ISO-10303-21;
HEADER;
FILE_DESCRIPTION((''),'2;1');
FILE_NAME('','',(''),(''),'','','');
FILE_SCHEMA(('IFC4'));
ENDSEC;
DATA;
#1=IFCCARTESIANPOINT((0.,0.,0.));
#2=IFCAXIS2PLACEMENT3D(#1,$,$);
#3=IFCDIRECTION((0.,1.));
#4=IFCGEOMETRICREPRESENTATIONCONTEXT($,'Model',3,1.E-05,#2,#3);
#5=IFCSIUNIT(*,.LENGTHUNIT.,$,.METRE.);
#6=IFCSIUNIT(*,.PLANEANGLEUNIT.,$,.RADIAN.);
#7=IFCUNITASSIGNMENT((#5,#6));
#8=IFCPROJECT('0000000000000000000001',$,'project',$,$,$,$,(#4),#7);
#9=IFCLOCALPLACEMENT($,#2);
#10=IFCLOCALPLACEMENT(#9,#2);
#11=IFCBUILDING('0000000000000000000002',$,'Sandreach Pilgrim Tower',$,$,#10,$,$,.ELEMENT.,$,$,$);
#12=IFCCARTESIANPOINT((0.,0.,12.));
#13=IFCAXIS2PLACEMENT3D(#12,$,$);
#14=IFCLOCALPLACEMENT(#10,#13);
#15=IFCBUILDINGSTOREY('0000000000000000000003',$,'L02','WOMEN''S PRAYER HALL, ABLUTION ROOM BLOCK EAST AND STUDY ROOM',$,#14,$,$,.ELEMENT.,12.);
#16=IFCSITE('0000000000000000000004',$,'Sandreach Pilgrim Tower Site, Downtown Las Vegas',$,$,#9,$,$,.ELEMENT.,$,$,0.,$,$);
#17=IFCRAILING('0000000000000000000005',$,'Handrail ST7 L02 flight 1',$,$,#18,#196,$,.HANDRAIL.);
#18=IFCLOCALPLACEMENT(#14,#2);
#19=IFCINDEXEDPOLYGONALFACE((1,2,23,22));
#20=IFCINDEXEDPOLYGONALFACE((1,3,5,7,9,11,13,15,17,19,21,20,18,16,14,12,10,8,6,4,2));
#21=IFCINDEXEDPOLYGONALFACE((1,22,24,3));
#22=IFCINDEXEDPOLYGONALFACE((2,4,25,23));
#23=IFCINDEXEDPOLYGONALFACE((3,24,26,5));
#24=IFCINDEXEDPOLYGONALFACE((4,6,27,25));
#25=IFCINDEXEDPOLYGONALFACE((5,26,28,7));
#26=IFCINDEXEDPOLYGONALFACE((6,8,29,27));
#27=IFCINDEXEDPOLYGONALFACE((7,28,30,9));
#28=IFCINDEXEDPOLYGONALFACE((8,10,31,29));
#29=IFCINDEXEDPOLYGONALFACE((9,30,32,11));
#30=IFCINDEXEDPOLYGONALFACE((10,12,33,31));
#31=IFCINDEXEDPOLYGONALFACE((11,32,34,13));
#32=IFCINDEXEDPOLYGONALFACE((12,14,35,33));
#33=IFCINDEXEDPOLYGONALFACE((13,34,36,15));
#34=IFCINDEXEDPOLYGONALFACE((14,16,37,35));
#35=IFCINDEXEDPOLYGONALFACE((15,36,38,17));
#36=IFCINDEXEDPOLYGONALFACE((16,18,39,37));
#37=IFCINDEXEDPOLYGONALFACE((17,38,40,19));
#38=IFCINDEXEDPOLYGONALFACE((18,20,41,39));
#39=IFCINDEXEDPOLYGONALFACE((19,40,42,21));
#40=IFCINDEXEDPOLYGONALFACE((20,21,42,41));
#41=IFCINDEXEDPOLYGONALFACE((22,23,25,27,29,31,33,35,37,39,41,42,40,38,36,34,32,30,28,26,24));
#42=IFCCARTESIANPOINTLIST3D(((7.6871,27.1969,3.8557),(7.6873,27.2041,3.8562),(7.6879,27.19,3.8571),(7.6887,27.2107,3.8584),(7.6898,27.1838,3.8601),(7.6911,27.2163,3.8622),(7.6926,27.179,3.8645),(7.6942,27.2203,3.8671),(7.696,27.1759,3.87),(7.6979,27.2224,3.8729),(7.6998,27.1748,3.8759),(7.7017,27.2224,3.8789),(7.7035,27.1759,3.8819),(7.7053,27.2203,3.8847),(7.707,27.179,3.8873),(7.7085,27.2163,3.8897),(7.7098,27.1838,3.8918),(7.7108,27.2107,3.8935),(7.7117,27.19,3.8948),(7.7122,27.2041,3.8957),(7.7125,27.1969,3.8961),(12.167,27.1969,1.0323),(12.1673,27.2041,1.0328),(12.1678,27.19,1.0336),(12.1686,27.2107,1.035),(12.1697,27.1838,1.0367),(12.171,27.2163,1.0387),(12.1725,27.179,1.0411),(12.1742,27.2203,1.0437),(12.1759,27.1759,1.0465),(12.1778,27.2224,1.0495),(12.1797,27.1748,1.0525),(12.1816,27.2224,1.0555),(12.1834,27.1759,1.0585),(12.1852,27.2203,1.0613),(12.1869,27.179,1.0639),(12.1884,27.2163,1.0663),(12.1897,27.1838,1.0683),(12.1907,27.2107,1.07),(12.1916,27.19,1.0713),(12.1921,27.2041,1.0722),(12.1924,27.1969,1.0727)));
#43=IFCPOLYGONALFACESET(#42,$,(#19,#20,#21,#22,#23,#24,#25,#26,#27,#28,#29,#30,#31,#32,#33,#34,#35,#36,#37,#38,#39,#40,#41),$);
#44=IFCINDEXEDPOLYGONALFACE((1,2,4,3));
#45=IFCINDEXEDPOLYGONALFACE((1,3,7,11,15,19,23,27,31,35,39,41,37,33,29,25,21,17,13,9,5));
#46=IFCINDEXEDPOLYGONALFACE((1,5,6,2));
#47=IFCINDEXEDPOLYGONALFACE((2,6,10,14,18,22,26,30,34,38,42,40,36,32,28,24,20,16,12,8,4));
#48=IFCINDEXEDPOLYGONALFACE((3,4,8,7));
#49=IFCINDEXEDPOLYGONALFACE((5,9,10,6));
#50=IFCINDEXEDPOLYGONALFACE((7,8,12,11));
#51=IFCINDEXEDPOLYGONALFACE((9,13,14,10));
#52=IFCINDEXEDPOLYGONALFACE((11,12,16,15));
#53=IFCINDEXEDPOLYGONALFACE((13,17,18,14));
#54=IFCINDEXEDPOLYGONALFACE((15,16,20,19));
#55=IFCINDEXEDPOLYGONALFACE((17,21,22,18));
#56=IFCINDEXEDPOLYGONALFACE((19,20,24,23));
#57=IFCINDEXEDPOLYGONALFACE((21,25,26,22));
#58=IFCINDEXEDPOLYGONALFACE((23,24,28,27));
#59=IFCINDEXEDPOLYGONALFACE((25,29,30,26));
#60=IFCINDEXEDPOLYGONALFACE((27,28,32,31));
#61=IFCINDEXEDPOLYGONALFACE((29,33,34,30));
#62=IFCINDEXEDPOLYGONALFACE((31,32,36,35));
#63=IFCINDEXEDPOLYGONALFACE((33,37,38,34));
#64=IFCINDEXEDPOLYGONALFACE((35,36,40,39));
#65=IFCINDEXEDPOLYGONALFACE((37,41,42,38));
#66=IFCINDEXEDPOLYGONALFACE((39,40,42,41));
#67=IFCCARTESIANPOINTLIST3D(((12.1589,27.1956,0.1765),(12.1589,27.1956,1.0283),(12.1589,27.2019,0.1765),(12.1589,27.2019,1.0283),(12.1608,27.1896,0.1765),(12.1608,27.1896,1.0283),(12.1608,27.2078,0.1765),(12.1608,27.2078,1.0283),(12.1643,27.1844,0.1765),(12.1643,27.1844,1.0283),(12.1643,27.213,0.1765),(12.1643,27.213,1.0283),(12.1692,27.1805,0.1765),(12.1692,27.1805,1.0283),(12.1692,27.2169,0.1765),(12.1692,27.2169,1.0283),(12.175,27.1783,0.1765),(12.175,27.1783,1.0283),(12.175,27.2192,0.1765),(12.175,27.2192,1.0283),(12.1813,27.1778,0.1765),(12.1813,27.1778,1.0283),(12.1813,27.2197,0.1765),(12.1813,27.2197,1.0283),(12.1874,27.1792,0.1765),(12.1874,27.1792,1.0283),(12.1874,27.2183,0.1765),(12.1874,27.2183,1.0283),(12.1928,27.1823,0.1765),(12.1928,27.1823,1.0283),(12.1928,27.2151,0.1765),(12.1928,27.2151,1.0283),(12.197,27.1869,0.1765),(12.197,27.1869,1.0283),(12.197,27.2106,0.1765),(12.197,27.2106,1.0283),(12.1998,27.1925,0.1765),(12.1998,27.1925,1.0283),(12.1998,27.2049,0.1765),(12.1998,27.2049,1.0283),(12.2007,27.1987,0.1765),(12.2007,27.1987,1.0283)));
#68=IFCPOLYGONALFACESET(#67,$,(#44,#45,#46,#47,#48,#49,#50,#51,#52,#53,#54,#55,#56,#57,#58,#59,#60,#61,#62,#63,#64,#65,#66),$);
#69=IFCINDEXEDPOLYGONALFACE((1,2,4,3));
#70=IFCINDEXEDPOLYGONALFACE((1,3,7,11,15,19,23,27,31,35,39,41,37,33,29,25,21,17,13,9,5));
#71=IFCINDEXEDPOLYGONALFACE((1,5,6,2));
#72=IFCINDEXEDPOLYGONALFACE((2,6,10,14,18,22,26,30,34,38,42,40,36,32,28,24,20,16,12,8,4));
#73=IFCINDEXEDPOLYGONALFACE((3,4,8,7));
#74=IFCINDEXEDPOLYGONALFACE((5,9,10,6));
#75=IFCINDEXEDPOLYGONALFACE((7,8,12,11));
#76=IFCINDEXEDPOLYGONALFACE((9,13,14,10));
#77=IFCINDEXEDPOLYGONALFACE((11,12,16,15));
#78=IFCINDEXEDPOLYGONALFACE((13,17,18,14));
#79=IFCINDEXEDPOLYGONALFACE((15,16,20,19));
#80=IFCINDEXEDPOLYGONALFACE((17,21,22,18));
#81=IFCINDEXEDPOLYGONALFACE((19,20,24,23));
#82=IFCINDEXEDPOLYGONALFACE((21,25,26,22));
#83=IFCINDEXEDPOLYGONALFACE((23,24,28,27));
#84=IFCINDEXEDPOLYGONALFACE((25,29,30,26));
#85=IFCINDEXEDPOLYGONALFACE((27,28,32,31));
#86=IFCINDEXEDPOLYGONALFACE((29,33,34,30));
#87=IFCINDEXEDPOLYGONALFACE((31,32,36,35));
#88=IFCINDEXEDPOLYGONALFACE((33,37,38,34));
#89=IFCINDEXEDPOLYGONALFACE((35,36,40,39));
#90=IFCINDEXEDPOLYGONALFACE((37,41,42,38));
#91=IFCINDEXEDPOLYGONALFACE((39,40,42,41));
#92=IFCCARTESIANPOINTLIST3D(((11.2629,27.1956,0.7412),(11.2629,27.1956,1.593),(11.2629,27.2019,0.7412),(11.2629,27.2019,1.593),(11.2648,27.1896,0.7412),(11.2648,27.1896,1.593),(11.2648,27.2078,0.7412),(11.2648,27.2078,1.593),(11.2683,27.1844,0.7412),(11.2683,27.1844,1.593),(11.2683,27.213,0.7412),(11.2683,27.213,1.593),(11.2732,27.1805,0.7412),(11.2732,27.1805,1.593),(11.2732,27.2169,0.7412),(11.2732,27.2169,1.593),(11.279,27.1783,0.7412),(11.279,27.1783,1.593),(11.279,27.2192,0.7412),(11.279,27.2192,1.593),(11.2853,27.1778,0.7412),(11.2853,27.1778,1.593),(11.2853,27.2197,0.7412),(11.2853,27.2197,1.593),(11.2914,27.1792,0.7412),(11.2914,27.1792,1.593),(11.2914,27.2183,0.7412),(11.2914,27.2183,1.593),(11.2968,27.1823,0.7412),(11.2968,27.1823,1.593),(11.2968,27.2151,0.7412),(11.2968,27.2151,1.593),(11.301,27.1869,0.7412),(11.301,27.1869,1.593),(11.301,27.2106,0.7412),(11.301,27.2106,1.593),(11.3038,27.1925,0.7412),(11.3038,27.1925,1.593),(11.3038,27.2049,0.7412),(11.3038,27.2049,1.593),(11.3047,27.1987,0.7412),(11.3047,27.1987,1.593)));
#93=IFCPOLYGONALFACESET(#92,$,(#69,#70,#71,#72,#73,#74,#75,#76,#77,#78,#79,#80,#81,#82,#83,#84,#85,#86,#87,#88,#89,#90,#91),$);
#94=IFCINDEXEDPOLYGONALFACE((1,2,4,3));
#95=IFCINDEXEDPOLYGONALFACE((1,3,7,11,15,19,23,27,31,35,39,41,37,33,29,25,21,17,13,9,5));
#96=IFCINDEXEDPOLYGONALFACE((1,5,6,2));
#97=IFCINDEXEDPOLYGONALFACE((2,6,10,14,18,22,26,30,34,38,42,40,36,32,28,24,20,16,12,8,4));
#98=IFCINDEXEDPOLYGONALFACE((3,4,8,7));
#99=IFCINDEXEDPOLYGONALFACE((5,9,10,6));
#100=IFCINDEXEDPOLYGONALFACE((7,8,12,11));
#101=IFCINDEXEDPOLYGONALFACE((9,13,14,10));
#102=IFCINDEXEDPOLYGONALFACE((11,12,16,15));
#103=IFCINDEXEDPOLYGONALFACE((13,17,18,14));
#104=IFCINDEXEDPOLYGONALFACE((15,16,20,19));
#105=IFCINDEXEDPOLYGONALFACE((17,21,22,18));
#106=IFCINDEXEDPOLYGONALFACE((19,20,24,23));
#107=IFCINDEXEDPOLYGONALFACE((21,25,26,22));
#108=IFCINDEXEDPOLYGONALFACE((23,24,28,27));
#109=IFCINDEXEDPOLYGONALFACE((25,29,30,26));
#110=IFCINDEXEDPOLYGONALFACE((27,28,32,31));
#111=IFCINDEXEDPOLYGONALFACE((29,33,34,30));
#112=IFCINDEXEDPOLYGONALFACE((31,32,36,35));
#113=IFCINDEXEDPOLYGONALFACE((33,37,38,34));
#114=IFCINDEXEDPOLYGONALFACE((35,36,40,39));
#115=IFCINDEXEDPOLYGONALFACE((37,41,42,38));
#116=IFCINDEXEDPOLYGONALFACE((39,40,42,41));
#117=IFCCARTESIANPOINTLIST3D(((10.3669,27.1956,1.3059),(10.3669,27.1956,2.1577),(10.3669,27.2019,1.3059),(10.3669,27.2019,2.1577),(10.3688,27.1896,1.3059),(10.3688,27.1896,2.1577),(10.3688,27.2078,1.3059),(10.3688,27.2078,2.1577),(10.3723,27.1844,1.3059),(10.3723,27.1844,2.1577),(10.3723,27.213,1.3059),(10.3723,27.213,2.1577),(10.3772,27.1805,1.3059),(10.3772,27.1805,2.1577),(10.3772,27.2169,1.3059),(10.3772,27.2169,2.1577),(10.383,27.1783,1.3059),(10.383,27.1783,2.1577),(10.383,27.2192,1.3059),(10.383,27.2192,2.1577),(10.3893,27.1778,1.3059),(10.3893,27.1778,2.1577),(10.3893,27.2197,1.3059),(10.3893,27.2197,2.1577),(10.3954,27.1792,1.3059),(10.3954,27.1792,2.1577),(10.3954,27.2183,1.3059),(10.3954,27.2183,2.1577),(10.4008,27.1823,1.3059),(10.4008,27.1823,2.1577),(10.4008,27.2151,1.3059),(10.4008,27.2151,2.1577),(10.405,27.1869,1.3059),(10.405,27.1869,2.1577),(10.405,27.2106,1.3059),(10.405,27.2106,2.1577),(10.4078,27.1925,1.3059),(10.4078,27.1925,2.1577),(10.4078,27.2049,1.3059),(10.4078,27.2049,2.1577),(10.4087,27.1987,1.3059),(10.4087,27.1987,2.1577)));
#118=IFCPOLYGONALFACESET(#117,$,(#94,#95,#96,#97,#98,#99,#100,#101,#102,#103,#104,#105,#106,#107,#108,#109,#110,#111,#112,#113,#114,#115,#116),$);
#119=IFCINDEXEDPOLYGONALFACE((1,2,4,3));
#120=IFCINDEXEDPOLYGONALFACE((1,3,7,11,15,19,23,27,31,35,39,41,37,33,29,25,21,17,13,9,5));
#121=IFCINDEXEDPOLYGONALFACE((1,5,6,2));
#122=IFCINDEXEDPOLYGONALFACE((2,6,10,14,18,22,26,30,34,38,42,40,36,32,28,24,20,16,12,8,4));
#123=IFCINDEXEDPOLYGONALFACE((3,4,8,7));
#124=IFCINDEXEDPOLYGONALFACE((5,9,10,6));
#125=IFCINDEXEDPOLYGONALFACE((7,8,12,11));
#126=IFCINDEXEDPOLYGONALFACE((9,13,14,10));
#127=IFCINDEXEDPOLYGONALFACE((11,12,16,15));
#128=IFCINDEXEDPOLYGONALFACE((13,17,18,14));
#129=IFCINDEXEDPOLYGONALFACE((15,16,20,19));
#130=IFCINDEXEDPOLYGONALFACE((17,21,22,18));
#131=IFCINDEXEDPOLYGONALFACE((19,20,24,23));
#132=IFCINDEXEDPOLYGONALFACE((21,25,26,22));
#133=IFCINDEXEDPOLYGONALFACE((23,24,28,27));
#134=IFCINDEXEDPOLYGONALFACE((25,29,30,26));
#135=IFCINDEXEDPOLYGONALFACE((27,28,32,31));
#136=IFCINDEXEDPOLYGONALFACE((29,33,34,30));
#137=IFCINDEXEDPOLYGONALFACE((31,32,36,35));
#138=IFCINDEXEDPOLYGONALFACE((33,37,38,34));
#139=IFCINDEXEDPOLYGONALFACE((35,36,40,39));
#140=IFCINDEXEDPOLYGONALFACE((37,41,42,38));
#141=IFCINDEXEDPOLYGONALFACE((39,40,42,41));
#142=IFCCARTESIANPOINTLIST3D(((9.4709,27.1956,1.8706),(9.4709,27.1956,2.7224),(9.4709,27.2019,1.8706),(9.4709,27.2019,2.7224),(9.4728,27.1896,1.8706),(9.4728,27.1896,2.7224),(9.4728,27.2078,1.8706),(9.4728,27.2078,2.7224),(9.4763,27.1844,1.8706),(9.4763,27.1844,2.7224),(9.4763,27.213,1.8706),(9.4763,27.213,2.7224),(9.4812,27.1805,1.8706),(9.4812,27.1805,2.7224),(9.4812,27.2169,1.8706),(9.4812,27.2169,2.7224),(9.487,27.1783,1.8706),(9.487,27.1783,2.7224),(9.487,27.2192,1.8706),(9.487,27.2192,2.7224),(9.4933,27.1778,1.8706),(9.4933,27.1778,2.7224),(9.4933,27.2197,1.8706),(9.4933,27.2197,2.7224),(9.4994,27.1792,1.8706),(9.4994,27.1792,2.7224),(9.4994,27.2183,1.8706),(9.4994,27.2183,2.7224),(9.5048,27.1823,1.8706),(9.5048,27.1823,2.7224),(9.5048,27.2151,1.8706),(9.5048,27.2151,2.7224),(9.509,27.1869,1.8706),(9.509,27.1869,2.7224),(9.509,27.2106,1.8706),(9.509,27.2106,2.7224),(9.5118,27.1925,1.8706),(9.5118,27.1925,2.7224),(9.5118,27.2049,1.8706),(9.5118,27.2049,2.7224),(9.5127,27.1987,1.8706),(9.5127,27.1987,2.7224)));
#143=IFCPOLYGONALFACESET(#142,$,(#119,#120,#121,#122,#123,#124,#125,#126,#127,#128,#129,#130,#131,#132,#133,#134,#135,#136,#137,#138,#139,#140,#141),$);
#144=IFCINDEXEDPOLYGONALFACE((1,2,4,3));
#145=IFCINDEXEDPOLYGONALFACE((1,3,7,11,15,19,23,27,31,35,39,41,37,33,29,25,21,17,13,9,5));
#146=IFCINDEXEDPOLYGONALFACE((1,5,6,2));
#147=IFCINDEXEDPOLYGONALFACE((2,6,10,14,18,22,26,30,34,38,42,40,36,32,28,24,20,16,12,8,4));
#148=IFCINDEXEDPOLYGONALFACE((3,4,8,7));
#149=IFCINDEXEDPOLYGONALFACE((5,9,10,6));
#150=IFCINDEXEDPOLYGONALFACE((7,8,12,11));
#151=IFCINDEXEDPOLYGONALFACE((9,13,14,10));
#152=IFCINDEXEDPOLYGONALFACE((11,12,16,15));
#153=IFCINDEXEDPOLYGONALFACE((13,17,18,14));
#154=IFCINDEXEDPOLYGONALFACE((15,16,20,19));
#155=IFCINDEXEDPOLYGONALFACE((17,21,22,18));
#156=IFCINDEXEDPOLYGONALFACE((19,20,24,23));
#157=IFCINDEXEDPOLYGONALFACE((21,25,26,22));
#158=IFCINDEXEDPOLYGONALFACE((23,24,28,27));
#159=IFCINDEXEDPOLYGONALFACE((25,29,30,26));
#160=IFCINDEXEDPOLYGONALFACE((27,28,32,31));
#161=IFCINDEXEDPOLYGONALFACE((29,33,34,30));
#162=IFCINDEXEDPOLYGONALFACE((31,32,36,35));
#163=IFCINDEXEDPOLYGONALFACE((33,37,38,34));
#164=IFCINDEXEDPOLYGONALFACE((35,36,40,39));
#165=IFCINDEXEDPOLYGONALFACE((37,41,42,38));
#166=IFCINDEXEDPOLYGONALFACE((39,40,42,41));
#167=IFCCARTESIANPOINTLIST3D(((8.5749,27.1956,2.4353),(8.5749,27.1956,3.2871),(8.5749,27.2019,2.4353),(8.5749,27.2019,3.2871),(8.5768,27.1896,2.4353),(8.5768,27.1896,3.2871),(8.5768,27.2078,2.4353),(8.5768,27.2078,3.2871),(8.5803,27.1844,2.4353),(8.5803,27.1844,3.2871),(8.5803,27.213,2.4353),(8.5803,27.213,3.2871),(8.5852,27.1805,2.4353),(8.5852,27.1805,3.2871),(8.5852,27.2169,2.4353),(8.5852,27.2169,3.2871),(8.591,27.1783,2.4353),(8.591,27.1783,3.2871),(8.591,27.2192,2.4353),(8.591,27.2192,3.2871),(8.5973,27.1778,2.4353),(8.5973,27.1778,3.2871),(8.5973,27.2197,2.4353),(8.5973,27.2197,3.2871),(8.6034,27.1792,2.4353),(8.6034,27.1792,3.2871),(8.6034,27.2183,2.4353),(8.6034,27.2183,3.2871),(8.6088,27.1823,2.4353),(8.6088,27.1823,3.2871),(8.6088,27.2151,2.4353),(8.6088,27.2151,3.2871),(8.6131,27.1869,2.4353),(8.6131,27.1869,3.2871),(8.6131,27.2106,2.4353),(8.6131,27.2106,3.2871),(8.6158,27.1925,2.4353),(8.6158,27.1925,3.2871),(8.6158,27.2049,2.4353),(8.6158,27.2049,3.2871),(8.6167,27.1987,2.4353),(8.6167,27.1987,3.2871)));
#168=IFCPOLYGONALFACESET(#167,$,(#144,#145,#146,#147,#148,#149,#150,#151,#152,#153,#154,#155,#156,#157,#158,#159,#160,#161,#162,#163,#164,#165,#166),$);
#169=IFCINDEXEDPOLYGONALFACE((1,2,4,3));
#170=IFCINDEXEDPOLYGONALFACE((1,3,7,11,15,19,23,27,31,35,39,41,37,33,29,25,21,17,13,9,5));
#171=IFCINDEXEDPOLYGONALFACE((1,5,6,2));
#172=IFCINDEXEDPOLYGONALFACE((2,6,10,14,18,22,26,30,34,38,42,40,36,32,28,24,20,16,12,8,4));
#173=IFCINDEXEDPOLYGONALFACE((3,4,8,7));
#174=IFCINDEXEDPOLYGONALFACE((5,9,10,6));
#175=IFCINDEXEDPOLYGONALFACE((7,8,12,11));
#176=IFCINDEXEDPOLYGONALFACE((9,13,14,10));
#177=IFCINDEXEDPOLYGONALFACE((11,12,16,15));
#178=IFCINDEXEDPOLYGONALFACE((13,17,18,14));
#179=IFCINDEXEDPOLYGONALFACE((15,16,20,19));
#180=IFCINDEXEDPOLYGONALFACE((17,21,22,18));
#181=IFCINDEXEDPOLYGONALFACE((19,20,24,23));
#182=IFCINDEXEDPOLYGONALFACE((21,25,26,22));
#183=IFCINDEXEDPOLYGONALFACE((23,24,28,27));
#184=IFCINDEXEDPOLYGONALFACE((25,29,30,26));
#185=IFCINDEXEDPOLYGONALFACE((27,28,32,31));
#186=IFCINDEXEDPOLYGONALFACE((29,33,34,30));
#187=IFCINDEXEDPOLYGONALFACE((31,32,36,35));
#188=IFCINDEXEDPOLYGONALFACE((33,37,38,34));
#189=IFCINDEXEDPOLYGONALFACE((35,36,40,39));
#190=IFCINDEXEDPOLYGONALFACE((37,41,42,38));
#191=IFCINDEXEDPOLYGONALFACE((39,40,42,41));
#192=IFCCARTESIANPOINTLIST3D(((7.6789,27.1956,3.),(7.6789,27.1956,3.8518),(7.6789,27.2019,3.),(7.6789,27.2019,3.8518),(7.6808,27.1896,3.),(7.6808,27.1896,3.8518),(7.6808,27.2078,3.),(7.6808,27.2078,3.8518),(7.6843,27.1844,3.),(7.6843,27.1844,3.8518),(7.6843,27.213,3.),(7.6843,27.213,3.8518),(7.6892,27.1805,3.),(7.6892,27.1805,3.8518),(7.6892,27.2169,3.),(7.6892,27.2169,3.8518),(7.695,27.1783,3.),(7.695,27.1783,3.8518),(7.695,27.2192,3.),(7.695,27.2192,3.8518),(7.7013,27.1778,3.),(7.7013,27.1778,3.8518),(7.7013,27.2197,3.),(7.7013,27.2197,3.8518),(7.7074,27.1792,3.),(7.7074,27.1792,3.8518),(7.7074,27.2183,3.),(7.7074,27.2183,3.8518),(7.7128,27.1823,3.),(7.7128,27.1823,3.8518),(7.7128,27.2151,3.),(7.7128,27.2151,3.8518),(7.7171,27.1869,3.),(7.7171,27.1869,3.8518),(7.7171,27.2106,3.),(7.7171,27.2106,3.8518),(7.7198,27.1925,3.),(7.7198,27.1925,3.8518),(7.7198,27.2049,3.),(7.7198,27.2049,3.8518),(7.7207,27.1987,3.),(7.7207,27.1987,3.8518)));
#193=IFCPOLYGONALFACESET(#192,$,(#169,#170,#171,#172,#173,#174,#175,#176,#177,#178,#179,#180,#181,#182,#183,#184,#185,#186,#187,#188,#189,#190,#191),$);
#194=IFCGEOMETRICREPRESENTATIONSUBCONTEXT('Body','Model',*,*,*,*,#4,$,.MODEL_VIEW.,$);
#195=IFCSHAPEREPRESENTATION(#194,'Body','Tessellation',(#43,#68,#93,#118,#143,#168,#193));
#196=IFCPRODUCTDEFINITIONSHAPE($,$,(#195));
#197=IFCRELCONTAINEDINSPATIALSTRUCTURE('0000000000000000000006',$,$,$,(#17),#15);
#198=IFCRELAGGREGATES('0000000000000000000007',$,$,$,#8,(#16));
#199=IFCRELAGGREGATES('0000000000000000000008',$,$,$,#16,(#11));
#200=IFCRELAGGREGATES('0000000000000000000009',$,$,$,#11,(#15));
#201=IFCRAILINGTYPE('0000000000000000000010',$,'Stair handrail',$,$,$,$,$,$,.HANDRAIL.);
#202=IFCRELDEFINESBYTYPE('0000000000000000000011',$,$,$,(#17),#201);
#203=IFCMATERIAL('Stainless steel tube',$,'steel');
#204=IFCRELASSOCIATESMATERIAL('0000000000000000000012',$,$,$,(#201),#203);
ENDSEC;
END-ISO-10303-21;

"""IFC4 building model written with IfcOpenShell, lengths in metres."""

from ifc_helpers import new_model, si_unit, direction, frame, origin, origin_2d, place, context, subcontext, project, spatial, circle, extrude, material, type_object, element, save


model = new_model("IFC4")

# Units and contexts
model_context = context("Model", 3, precision=1e-05, world=origin(), true_north=direction((0.0, 1.0)))
body_context = subcontext(model_context, "Body", "Model", "MODEL_VIEW")
ifc_project = project(units=[si_unit("LENGTHUNIT", "METRE"), si_unit("PLANEANGLEUNIT", "RADIAN")], contexts=[model_context])

# Site, building, storey
site_placement = place(None, origin())
site = spatial("IfcSite", under=ifc_project, at=site_placement, Name="Sandreach Pilgrim Tower Site, Downtown Las Vegas", CompositionType="ELEMENT", RefElevation=0.0)
building_placement = place(site_placement, origin())
building = spatial("IfcBuilding", under=site, at=building_placement, Name="Sandreach Pilgrim Tower", CompositionType="ELEMENT")
storey_placement = place(building_placement, frame((0.0, 0.0, 12.0)))
storey = spatial("IfcBuildingStorey", under=building, at=storey_placement, Name="L02", Description="WOMEN'S PRAYER HALL, ABLUTION ROOM BLOCK EAST AND STUDY ROOM", CompositionType="ELEMENT", Elevation=12.0)

# Railing
ifc_material_1 = material(Name="Stainless steel tube", Category="steel")
railing_type = type_object("IfcRailingType", Name="Stair handrail", PredefinedType="HANDRAIL", material=ifc_material_1)
for number, where, name in (
    (1, (12.1797, 27.1987, 0.1765), "Handrail ST7 L02 flight 1"),
):
    element("IfcRailing", number, at=place(storey_placement, frame(where)), inside=storey, type_object=railing_type, Name=name, PredefinedType="HANDRAIL", context=body_context, shape_type="SweptSolid", body=[
        extrude(circle(Radius=0.0239, at=origin_2d()), frame((0.0, 0.0, 0.876), z_axis=(-0.845998, 0.0, 0.533186), x_axis=(0.0, -1.0, 0.0)), (0.0, 0.0, 1.0), 5.2954),
        extrude(circle(Radius=0.021, at=origin_2d()), origin(), (0.0, 0.0, 1.0), 0.8518),
        extrude(circle(Radius=0.021, at=origin_2d()), frame((-0.896, 0.0, 0.5647)), (0.0, 0.0, 1.0), 0.8518),
        extrude(circle(Radius=0.021, at=origin_2d()), frame((-1.792, 0.0, 1.1294)), (0.0, 0.0, 1.0), 0.8518),
        extrude(circle(Radius=0.021, at=origin_2d()), frame((-2.688, 0.0, 1.6941)), (0.0, 0.0, 1.0), 0.8518),
        extrude(circle(Radius=0.021, at=origin_2d()), frame((-3.584, 0.0, 2.2588)), (0.0, 0.0, 1.0), 0.8518),
        extrude(circle(Radius=0.021, at=origin_2d()), frame((-4.48, 0.0, 2.8235)), (0.0, 0.0, 1.0), 0.8518),
    ])

save(model, "model.ifc")
